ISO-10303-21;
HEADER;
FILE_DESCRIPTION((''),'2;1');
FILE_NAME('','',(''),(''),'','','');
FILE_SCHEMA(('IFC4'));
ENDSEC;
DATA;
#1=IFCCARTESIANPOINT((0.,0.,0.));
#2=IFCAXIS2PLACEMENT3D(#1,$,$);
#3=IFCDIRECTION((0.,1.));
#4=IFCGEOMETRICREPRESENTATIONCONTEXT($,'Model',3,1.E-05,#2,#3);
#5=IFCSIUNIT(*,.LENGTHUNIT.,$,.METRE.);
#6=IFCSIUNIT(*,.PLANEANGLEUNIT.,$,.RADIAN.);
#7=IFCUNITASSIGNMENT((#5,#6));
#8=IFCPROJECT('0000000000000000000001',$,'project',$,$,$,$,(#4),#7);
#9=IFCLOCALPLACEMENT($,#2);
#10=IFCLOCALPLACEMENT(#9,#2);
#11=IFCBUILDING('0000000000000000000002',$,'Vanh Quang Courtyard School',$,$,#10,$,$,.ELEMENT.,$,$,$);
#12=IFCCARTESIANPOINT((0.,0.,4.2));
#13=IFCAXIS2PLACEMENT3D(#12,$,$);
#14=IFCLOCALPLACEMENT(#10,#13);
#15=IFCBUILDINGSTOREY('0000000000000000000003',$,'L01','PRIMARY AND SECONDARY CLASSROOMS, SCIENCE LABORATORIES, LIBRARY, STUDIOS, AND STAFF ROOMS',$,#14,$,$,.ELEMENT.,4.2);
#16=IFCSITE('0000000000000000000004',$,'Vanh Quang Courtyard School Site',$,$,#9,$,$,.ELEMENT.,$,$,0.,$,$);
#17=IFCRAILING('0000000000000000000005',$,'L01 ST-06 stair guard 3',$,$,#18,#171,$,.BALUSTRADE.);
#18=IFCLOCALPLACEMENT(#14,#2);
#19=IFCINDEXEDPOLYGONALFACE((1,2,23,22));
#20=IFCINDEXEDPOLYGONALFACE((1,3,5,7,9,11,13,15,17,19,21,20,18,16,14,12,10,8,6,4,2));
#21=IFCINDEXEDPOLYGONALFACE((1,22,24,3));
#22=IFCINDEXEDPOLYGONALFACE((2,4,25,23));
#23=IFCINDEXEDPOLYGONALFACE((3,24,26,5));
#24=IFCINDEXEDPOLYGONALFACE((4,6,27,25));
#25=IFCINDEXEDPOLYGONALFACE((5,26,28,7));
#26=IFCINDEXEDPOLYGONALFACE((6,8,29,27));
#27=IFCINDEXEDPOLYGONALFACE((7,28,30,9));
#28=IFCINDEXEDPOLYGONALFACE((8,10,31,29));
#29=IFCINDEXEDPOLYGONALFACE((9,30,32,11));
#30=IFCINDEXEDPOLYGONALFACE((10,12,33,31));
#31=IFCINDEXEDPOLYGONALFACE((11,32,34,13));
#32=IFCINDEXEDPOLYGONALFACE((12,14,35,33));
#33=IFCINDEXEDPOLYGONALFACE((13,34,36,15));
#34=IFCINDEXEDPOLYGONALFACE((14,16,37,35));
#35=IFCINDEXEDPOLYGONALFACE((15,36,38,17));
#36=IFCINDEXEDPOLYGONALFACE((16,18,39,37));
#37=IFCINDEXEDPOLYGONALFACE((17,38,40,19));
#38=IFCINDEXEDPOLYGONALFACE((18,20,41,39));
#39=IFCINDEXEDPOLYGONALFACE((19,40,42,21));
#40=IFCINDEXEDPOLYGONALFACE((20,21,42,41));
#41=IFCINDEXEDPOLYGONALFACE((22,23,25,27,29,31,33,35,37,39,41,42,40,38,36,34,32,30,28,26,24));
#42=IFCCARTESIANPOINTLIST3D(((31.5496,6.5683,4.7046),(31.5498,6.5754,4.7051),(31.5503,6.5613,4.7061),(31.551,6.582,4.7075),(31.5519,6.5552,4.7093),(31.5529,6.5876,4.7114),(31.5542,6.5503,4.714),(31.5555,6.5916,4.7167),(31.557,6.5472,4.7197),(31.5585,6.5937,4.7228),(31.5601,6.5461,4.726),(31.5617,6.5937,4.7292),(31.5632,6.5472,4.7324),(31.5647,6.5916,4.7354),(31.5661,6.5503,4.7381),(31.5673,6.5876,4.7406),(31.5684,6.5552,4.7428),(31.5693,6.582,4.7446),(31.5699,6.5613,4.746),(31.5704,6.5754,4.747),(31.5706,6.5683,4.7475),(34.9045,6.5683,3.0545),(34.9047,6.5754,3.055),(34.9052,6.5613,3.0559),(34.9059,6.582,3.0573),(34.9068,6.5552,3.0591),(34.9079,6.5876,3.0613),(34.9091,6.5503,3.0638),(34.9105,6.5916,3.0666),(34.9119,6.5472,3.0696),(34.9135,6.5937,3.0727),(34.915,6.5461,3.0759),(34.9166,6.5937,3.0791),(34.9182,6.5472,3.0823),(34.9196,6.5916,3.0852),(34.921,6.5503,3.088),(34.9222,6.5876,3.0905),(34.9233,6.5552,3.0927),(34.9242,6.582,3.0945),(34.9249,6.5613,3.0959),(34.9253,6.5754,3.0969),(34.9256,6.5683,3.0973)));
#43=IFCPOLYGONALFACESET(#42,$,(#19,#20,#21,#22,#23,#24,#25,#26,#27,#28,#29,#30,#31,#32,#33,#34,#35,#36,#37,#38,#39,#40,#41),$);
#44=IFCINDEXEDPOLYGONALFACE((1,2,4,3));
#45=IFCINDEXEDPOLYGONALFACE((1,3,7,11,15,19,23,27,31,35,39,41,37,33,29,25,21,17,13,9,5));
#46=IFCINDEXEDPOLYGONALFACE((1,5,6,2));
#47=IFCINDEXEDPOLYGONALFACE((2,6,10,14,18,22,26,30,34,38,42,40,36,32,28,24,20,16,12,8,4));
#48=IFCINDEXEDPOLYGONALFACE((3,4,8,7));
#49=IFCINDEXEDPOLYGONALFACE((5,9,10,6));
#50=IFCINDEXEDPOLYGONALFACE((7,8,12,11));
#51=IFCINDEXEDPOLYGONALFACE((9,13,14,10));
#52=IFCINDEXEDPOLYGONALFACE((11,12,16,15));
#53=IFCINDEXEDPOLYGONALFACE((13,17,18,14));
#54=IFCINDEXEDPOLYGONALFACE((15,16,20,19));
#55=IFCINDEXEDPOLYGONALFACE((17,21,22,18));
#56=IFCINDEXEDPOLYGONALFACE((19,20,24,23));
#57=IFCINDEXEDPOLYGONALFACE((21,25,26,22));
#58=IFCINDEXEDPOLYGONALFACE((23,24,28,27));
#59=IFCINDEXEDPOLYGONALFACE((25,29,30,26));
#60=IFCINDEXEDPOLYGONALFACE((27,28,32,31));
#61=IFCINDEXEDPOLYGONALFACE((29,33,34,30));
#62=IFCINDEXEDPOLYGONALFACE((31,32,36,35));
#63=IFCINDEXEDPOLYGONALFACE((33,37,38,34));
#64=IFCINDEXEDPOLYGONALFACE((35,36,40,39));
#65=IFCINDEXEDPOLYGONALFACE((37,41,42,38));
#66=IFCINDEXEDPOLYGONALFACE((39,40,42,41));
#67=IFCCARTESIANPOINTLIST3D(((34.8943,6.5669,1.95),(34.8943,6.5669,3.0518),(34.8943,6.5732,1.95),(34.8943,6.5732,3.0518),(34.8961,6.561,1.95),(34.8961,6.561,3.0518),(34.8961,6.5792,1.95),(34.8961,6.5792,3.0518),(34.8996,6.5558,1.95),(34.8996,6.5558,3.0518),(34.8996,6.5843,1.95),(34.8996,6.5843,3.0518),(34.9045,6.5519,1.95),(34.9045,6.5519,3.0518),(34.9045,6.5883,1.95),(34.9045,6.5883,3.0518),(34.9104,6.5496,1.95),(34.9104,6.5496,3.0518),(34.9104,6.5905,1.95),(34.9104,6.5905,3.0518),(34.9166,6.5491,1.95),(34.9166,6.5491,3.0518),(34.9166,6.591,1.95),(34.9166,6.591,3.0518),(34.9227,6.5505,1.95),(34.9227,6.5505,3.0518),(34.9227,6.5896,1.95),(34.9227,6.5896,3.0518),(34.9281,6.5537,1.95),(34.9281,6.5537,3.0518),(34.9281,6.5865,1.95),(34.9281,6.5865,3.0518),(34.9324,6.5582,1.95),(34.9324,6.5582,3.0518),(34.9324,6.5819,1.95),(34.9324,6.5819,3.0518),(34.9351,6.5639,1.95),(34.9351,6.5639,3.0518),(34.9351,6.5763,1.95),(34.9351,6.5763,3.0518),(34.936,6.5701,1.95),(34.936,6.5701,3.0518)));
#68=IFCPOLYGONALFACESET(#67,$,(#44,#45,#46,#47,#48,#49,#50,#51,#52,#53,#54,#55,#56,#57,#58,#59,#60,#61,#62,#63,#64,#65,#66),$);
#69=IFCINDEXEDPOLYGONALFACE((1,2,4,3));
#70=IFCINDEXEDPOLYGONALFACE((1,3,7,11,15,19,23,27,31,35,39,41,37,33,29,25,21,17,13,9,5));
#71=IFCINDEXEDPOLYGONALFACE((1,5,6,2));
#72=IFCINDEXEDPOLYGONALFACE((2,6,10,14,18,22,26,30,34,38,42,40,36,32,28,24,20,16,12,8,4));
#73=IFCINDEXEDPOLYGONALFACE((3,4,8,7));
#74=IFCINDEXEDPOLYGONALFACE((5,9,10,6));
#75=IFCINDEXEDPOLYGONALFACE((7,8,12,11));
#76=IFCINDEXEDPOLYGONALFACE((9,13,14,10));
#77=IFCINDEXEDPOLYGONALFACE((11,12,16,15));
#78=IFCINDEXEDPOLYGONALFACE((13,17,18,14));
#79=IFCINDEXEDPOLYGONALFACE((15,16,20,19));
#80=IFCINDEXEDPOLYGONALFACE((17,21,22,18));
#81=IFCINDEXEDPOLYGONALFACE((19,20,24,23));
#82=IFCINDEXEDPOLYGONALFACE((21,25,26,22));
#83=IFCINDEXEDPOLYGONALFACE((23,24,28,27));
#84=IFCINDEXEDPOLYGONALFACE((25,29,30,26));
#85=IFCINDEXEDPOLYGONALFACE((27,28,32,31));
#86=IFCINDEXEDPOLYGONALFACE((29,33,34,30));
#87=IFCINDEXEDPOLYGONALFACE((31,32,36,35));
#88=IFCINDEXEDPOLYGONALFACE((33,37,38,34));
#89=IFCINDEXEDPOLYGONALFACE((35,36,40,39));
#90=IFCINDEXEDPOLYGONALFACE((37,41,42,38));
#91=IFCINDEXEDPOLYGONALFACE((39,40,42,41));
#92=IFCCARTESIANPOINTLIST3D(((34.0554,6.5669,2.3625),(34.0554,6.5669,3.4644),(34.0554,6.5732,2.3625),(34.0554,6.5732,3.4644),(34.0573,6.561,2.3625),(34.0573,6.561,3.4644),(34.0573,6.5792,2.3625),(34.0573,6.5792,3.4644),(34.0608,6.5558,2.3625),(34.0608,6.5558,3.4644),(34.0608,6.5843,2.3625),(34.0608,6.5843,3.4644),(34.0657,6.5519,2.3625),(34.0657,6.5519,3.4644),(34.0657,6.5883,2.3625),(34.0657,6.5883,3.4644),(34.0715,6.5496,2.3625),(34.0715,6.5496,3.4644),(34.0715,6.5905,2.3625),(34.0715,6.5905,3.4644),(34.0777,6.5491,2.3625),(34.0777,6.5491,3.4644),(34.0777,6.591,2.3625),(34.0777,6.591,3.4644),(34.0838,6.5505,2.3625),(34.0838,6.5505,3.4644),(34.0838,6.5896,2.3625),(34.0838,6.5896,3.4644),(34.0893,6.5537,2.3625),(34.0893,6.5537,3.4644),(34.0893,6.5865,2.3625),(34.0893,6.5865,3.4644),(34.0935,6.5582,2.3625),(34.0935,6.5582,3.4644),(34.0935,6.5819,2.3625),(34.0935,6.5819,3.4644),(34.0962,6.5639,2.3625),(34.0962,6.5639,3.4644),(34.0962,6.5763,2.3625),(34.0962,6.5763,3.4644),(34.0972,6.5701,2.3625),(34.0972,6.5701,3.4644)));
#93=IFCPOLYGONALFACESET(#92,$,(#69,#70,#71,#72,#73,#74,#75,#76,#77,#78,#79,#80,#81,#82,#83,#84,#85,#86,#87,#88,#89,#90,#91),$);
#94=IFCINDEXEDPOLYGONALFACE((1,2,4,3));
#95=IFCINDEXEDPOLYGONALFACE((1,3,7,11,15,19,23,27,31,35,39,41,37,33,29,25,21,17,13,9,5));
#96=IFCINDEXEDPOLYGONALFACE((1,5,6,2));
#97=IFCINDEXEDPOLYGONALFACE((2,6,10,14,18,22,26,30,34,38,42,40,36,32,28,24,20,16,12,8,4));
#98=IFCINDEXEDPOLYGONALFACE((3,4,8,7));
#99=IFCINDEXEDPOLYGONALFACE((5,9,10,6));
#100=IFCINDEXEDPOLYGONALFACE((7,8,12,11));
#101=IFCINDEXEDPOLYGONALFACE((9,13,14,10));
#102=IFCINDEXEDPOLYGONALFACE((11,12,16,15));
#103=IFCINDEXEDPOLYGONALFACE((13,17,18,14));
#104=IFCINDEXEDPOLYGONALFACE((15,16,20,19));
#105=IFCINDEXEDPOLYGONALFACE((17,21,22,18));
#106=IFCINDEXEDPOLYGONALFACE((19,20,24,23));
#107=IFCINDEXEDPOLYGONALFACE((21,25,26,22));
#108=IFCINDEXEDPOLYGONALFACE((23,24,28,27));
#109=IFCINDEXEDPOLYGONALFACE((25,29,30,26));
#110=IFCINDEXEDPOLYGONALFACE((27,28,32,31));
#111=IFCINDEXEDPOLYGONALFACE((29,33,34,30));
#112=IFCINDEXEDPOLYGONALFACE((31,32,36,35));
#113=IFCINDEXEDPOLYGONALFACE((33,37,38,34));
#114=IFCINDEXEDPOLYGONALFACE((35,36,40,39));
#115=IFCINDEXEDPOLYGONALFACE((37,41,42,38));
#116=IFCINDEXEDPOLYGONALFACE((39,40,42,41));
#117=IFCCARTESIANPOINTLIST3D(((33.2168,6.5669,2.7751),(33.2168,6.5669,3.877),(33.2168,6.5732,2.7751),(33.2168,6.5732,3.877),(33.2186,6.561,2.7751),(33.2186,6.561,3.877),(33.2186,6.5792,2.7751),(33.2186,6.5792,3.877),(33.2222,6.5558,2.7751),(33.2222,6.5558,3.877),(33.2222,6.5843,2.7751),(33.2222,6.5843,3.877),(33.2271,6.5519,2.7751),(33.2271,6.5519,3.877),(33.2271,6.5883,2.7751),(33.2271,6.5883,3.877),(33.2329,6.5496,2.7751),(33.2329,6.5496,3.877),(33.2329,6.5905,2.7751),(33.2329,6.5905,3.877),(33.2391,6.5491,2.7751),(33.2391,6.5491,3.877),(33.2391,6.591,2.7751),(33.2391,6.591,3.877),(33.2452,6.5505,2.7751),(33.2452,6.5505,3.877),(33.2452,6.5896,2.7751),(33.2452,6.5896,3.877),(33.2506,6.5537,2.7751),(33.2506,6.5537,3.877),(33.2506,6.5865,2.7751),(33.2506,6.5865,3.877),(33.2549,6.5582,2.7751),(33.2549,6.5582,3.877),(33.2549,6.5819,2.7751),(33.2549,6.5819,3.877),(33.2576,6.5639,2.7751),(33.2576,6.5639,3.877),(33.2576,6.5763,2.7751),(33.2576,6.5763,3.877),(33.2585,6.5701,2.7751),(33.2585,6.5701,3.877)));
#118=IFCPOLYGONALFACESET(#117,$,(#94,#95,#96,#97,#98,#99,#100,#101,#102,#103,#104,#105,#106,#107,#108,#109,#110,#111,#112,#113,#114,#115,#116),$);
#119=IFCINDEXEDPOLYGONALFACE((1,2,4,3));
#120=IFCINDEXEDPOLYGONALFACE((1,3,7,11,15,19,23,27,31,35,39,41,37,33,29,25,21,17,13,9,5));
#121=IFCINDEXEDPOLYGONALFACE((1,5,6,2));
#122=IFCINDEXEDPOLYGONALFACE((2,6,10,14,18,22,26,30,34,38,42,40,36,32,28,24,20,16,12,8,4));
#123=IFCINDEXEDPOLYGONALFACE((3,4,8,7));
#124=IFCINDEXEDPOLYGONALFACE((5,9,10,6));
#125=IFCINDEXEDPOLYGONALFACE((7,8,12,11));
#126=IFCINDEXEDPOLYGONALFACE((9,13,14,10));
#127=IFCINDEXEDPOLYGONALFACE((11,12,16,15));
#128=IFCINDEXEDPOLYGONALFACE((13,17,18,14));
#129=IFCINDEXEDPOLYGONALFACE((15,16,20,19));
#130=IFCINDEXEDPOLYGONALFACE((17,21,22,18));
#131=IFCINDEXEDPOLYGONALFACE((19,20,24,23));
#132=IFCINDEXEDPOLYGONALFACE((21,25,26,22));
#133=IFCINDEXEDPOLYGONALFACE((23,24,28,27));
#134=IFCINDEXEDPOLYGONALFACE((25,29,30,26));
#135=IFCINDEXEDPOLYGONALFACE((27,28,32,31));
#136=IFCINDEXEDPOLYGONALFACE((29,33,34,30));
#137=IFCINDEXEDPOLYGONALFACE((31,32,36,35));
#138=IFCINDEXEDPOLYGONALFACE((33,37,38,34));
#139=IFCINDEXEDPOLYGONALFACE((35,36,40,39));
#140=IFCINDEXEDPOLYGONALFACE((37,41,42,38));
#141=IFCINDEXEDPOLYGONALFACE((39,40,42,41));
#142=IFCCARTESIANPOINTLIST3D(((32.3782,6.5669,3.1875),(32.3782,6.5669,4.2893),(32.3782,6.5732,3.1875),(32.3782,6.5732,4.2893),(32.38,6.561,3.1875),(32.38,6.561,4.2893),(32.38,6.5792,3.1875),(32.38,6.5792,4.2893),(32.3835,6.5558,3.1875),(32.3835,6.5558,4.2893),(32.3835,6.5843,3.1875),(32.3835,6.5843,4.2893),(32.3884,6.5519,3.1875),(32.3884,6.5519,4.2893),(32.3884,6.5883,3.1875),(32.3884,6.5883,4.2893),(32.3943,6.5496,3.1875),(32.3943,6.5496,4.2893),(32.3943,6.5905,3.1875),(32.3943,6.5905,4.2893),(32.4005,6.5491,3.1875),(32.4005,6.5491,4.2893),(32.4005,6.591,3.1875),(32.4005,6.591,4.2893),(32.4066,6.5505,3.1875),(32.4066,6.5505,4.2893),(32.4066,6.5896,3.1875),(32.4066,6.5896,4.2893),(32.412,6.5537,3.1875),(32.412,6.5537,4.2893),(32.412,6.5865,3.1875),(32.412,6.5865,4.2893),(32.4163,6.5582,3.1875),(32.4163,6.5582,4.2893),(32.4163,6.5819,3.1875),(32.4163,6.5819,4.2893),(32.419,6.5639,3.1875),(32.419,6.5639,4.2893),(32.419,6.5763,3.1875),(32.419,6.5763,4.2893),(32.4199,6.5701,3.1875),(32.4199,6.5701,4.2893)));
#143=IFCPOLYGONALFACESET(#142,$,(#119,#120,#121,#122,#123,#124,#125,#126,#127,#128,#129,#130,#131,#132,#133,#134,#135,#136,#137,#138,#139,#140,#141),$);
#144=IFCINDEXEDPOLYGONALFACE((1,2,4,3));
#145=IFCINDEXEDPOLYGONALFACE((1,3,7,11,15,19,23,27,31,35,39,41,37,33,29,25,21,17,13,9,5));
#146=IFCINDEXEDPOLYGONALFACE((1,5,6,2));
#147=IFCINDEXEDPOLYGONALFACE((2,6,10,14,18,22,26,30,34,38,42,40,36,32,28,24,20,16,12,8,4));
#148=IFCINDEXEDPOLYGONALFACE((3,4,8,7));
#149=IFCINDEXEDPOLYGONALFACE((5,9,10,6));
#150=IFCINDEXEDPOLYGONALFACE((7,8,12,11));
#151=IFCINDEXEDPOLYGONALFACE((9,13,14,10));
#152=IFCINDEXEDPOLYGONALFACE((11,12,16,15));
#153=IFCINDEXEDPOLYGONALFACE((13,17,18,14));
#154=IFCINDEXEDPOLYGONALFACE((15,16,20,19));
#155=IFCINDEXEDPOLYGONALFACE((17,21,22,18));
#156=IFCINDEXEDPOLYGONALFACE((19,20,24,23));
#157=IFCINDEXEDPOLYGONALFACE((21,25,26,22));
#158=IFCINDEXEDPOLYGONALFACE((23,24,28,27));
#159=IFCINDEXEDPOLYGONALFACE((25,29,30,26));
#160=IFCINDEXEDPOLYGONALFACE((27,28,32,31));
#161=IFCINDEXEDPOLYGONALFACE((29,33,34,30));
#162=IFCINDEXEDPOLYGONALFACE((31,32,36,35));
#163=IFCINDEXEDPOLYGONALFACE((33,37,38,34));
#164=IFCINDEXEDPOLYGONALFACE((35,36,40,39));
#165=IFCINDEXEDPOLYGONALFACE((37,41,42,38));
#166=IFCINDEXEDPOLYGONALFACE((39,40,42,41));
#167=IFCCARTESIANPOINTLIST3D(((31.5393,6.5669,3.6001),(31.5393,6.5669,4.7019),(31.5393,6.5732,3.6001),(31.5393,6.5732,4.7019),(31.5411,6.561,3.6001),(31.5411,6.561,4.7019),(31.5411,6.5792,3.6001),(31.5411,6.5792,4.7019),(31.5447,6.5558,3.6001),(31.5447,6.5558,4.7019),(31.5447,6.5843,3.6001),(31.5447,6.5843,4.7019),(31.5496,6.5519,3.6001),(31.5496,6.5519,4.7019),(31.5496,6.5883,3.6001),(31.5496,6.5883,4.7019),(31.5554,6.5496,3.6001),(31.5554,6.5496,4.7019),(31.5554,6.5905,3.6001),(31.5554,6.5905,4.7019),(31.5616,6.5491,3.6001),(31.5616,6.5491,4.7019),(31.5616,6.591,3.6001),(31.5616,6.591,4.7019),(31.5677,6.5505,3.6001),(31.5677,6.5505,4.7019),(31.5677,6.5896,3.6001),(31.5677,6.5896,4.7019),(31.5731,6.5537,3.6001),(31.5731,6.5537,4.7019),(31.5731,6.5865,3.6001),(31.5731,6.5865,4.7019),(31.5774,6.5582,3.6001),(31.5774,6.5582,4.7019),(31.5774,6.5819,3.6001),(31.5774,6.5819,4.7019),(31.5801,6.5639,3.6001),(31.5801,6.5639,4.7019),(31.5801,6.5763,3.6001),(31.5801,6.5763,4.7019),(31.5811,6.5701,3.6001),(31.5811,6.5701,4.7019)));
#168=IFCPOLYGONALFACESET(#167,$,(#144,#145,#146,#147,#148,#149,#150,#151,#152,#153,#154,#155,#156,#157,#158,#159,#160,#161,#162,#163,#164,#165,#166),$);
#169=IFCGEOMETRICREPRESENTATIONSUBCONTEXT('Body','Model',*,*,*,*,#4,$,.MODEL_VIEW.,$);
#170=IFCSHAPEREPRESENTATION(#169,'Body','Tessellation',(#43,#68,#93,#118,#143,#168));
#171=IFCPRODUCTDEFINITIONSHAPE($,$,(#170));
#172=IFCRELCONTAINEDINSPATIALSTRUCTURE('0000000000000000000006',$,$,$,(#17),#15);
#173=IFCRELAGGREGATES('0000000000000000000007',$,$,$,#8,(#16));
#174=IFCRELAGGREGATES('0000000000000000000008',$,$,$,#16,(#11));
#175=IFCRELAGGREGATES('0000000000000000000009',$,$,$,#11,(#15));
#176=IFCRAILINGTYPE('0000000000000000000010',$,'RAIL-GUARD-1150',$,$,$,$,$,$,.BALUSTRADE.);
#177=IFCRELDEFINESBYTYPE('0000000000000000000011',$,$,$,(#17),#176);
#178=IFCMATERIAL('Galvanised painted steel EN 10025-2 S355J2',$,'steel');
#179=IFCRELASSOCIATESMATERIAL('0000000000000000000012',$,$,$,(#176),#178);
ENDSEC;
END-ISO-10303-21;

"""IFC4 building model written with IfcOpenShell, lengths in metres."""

from ifc_helpers import new_model, si_unit, direction, frame, origin, origin_2d, place, context, subcontext, project, spatial, circle, extrude, material, type_object, element, save


model = new_model("IFC4")

# Units and contexts
model_context = context("Model", 3, precision=1e-05, world=origin(), true_north=direction((0.0, 1.0)))
body_context = subcontext(model_context, "Body", "Model", "MODEL_VIEW")
ifc_project = project(units=[si_unit("LENGTHUNIT", "METRE"), si_unit("PLANEANGLEUNIT", "RADIAN")], contexts=[model_context])

# Site, building, storey
site_placement = place(None, origin())
site = spatial("IfcSite", under=ifc_project, at=site_placement, Name="Vanh Quang Courtyard School Site", CompositionType="ELEMENT", RefElevation=0.0)
building_placement = place(site_placement, origin())
building = spatial("IfcBuilding", under=site, at=building_placement, Name="Vanh Quang Courtyard School", CompositionType="ELEMENT")
storey_placement = place(building_placement, frame((0.0, 0.0, 4.2)))
storey = spatial("IfcBuildingStorey", under=building, at=storey_placement, Name="L01", Description="PRIMARY AND SECONDARY CLASSROOMS, SCIENCE LABORATORIES, LIBRARY, STUDIOS, AND STAFF ROOMS", CompositionType="ELEMENT", Elevation=4.2)

# Railing
ifc_material_1 = material(Name="Galvanised painted steel EN 10025-2 S355J2", Category="steel")
railing_type_1 = type_object("IfcRailingType", Name="RAIL-GUARD-1150", PredefinedType="BALUSTRADE", material=ifc_material_1)
railing_1_placement = place(storey_placement, frame((34.915, 6.5701, 1.95)))
element("IfcRailing", 1, at=railing_1_placement, inside=storey, type_object=railing_type_1, Name="L01 ST-06 stair guard 3", PredefinedType="BALUSTRADE", context=body_context, shape_type="SweptSolid", body=[
    extrude(circle(Radius=0.0239, at=origin_2d()), frame((0.0, 0.0, 1.126), z_axis=(-0.897333, 0.0, 0.441353), x_axis=(0.0, -1.0, 0.0)), (0.0, 0.0, 1.0), 3.7388),
    extrude(circle(Radius=0.021, at=origin_2d()), origin(), (0.0, 0.0, 1.0), 1.1018),
    extrude(circle(Radius=0.021, at=origin_2d()), frame((-0.8389, 0.0, 0.4126)), (0.0, 0.0, 1.0), 1.1018),
    extrude(circle(Radius=0.021, at=origin_2d()), frame((-1.6775, 0.0, 0.8252)), (0.0, 0.0, 1.0), 1.1018),
    extrude(circle(Radius=0.021, at=origin_2d()), frame((-2.5161, 0.0, 1.2375)), (0.0, 0.0, 1.0), 1.1018),
    extrude(circle(Radius=0.021, at=origin_2d()), frame((-3.355, 0.0, 1.6501)), (0.0, 0.0, 1.0), 1.1018),
])

save(model, "model.ifc")
